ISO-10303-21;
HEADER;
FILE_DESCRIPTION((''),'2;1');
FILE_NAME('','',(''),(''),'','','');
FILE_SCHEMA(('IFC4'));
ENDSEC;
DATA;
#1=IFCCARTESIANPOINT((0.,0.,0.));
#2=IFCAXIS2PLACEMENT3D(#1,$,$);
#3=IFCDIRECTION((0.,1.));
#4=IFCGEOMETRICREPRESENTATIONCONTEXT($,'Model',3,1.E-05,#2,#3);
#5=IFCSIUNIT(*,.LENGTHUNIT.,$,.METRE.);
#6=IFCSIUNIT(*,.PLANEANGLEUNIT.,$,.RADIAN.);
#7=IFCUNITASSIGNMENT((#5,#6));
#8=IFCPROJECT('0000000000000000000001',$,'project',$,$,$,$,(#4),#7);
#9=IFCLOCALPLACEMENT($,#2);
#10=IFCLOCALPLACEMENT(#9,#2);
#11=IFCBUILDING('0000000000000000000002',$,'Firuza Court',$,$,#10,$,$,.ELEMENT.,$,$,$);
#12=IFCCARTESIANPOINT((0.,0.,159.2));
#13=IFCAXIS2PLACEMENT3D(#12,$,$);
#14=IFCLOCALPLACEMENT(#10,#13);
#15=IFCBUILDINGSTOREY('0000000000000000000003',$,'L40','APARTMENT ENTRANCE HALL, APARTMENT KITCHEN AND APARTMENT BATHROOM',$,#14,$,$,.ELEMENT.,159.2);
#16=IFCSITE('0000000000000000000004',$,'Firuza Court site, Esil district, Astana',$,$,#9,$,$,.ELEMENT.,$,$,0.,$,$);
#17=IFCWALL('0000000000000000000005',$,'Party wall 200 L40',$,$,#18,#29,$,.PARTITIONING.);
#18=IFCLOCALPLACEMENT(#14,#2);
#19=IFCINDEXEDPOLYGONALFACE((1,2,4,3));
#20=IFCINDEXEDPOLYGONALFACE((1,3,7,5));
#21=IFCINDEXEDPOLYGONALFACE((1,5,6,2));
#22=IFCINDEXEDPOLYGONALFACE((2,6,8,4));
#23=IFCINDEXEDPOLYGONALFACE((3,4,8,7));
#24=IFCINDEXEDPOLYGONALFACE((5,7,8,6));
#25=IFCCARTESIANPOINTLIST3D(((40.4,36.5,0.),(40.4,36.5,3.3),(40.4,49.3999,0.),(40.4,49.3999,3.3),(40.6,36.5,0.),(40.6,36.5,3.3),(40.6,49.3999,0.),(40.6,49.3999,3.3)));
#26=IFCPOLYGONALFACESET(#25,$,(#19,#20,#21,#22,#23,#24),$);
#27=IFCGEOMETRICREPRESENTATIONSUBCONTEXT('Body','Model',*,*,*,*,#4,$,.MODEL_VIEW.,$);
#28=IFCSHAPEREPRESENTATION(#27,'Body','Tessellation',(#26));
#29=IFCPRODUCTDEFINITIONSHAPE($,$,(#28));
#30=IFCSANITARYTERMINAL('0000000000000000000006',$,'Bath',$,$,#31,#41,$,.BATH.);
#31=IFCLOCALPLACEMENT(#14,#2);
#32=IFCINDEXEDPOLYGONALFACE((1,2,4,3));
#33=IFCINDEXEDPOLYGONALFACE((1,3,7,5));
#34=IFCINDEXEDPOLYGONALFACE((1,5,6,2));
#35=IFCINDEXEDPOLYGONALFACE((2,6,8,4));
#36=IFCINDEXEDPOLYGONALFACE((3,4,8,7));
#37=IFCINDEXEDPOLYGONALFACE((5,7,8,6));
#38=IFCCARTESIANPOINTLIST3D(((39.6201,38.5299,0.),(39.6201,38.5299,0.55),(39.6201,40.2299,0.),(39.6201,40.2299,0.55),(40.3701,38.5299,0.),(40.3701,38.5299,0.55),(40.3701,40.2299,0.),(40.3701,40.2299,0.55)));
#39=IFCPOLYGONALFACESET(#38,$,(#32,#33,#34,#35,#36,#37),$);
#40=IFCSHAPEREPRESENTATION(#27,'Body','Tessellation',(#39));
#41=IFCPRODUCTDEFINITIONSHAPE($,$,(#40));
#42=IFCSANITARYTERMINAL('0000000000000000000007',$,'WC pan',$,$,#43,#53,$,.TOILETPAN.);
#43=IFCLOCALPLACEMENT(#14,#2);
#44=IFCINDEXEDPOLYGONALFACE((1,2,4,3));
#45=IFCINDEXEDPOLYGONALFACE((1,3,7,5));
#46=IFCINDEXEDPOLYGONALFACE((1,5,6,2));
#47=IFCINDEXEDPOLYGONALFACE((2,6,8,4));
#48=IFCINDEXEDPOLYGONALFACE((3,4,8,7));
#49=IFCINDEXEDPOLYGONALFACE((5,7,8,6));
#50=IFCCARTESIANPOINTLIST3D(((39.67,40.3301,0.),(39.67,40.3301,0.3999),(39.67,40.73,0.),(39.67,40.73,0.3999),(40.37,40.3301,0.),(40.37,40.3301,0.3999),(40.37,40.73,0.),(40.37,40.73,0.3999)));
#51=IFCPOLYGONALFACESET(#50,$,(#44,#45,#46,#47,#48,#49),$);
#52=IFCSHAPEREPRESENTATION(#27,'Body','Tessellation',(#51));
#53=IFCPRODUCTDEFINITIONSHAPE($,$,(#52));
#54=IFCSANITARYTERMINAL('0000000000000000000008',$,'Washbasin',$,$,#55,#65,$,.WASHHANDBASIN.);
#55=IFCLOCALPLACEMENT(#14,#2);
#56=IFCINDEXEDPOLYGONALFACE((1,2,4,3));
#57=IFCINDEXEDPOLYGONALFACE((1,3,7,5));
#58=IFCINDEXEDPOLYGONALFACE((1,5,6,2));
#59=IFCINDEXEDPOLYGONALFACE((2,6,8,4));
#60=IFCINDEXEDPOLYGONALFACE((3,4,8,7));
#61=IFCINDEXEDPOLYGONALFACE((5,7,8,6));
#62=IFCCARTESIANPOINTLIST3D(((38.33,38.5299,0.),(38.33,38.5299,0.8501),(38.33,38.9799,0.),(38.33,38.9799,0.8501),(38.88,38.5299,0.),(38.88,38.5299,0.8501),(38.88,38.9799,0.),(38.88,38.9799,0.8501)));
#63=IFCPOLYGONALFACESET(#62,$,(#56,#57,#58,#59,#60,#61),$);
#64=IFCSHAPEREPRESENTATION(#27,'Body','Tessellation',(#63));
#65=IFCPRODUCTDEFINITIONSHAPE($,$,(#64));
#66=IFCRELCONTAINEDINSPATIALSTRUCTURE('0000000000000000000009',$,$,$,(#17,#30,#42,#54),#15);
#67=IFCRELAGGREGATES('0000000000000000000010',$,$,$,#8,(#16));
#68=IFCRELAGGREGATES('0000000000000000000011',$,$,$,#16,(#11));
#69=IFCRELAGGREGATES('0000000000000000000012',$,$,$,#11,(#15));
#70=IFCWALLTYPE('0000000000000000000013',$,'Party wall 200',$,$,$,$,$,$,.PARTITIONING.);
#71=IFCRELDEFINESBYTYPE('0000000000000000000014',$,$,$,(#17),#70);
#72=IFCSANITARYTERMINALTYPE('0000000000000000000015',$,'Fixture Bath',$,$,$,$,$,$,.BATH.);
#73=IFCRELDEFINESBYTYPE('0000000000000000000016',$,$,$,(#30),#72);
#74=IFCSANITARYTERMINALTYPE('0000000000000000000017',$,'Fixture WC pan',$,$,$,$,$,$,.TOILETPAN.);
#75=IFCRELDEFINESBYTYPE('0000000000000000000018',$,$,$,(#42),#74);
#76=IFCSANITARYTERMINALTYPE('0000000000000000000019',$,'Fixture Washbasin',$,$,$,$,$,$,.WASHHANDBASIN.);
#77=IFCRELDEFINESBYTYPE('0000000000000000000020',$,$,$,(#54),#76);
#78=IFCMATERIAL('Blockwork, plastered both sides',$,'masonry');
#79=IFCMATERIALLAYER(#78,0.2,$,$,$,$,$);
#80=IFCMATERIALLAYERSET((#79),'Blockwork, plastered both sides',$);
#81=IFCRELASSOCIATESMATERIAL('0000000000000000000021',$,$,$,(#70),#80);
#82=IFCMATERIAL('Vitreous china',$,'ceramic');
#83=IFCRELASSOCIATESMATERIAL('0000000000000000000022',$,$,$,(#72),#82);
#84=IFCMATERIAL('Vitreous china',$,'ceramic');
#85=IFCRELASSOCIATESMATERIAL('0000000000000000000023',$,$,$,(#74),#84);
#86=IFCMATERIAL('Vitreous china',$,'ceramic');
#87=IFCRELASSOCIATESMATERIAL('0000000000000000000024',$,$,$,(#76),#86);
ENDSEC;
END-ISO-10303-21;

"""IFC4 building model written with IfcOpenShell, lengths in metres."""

from ifc_helpers import new_model, si_unit, direction, frame, frame_2d, origin, origin_2d, place, context, subcontext, project, spatial, rectangle, extrude, material, layer, layer_set, type_object, element, save


model = new_model("IFC4")

# Units and contexts
model_context = context("Model", 3, precision=1e-05, world=origin(), true_north=direction((0.0, 1.0)))
body_context = subcontext(model_context, "Body", "Model", "MODEL_VIEW")
ifc_project = project(units=[si_unit("LENGTHUNIT", "METRE"), si_unit("PLANEANGLEUNIT", "RADIAN")], contexts=[model_context])

# Site, building, storey
site_placement = place(None, origin())
site = spatial("IfcSite", under=ifc_project, at=site_placement, Name="Firuza Court site, Esil district, Astana", CompositionType="ELEMENT", RefElevation=0.0)
building_placement = place(site_placement, origin())
building = spatial("IfcBuilding", under=site, at=building_placement, Name="Firuza Court", CompositionType="ELEMENT")
storey_placement = place(building_placement, frame((0.0, 0.0, 159.2)))
storey = spatial("IfcBuildingStorey", under=building, at=storey_placement, Name="L40", Description="APARTMENT ENTRANCE HALL, APARTMENT KITCHEN AND APARTMENT BATHROOM", CompositionType="ELEMENT", Elevation=159.2)

# Shared definitions
ifc_material_1 = material(Name="Blockwork, plastered both sides", Category="masonry")

# Wall
ifc_layer_1 = layer(ifc_material_1, 0.2)
ifc_layer_set_1 = layer_set([ifc_layer_1], Name="Blockwork, plastered both sides")
wall_type_1 = type_object("IfcWallType", Name="Party wall 200", PredefinedType="PARTITIONING", material=ifc_layer_set_1)
wall_1_placement = place(storey_placement, frame((40.5, 36.5, 0.0), z_axis=(0.0, 0.0, 1.0), x_axis=(0.0, 1.0, 0.0)))
element("IfcWall", 1, at=wall_1_placement, inside=storey, type_object=wall_type_1, Name="Party wall 200 L40", PredefinedType="PARTITIONING", context=body_context, shape_type="SweptSolid", body=[
    extrude(rectangle(XDim=12.8999, YDim=0.2, at=frame_2d((6.45, 0.0))), origin(), (0.0, 0.0, 1.0), 3.3),
])

# Sanitary terminals
ifc_material_2 = material(Name="Vitreous china", Category="ceramic")
sanitary_terminal_type_1 = type_object("IfcSanitaryTerminalType", Name="Fixture Bath", PredefinedType="BATH", material=ifc_material_2)
sanitary_terminal_1_placement = place(storey_placement, frame((39.9951, 39.3799, 0.0), z_axis=(0.0, 0.0, 1.0), x_axis=(1.0, 0.0, 0.0)))
element("IfcSanitaryTerminal", 2, at=sanitary_terminal_1_placement, inside=storey, type_object=sanitary_terminal_type_1, Name="Bath", PredefinedType="BATH", context=body_context, shape_type="SweptSolid", body=[
    extrude(rectangle(XDim=0.75, YDim=1.7, at=origin_2d()), origin(), (0.0, 0.0, 1.0), 0.55),
])
ifc_material_3 = material(Name="Vitreous china", Category="ceramic")
sanitary_terminal_type_2 = type_object("IfcSanitaryTerminalType", Name="Fixture WC pan", PredefinedType="TOILETPAN", material=ifc_material_3)
sanitary_terminal_2_placement = place(storey_placement, frame((40.02, 40.53, 0.0), z_axis=(0.0, 0.0, 1.0), x_axis=(1.0, 0.0, 0.0)))
element("IfcSanitaryTerminal", 3, at=sanitary_terminal_2_placement, inside=storey, type_object=sanitary_terminal_type_2, Name="WC pan", PredefinedType="TOILETPAN", context=body_context, shape_type="SweptSolid", body=[
    extrude(rectangle(XDim=0.7, YDim=0.3999, at=origin_2d()), origin(), (0.0, 0.0, 1.0), 0.3999),
])
ifc_material_4 = material(Name="Vitreous china", Category="ceramic")
sanitary_terminal_type_3 = type_object("IfcSanitaryTerminalType", Name="Fixture Washbasin", PredefinedType="WASHHANDBASIN", material=ifc_material_4)
sanitary_terminal_3_placement = place(storey_placement, frame((38.605, 38.7549, 0.0), z_axis=(0.0, 0.0, 1.0), x_axis=(1.0, 0.0, 0.0)))
element("IfcSanitaryTerminal", 4, at=sanitary_terminal_3_placement, inside=storey, type_object=sanitary_terminal_type_3, Name="Washbasin", PredefinedType="WASHHANDBASIN", context=body_context, shape_type="SweptSolid", body=[
    extrude(rectangle(XDim=0.55, YDim=0.45, at=origin_2d()), origin(), (0.0, 0.0, 1.0), 0.8501),
])

save(model, "model.ifc")
